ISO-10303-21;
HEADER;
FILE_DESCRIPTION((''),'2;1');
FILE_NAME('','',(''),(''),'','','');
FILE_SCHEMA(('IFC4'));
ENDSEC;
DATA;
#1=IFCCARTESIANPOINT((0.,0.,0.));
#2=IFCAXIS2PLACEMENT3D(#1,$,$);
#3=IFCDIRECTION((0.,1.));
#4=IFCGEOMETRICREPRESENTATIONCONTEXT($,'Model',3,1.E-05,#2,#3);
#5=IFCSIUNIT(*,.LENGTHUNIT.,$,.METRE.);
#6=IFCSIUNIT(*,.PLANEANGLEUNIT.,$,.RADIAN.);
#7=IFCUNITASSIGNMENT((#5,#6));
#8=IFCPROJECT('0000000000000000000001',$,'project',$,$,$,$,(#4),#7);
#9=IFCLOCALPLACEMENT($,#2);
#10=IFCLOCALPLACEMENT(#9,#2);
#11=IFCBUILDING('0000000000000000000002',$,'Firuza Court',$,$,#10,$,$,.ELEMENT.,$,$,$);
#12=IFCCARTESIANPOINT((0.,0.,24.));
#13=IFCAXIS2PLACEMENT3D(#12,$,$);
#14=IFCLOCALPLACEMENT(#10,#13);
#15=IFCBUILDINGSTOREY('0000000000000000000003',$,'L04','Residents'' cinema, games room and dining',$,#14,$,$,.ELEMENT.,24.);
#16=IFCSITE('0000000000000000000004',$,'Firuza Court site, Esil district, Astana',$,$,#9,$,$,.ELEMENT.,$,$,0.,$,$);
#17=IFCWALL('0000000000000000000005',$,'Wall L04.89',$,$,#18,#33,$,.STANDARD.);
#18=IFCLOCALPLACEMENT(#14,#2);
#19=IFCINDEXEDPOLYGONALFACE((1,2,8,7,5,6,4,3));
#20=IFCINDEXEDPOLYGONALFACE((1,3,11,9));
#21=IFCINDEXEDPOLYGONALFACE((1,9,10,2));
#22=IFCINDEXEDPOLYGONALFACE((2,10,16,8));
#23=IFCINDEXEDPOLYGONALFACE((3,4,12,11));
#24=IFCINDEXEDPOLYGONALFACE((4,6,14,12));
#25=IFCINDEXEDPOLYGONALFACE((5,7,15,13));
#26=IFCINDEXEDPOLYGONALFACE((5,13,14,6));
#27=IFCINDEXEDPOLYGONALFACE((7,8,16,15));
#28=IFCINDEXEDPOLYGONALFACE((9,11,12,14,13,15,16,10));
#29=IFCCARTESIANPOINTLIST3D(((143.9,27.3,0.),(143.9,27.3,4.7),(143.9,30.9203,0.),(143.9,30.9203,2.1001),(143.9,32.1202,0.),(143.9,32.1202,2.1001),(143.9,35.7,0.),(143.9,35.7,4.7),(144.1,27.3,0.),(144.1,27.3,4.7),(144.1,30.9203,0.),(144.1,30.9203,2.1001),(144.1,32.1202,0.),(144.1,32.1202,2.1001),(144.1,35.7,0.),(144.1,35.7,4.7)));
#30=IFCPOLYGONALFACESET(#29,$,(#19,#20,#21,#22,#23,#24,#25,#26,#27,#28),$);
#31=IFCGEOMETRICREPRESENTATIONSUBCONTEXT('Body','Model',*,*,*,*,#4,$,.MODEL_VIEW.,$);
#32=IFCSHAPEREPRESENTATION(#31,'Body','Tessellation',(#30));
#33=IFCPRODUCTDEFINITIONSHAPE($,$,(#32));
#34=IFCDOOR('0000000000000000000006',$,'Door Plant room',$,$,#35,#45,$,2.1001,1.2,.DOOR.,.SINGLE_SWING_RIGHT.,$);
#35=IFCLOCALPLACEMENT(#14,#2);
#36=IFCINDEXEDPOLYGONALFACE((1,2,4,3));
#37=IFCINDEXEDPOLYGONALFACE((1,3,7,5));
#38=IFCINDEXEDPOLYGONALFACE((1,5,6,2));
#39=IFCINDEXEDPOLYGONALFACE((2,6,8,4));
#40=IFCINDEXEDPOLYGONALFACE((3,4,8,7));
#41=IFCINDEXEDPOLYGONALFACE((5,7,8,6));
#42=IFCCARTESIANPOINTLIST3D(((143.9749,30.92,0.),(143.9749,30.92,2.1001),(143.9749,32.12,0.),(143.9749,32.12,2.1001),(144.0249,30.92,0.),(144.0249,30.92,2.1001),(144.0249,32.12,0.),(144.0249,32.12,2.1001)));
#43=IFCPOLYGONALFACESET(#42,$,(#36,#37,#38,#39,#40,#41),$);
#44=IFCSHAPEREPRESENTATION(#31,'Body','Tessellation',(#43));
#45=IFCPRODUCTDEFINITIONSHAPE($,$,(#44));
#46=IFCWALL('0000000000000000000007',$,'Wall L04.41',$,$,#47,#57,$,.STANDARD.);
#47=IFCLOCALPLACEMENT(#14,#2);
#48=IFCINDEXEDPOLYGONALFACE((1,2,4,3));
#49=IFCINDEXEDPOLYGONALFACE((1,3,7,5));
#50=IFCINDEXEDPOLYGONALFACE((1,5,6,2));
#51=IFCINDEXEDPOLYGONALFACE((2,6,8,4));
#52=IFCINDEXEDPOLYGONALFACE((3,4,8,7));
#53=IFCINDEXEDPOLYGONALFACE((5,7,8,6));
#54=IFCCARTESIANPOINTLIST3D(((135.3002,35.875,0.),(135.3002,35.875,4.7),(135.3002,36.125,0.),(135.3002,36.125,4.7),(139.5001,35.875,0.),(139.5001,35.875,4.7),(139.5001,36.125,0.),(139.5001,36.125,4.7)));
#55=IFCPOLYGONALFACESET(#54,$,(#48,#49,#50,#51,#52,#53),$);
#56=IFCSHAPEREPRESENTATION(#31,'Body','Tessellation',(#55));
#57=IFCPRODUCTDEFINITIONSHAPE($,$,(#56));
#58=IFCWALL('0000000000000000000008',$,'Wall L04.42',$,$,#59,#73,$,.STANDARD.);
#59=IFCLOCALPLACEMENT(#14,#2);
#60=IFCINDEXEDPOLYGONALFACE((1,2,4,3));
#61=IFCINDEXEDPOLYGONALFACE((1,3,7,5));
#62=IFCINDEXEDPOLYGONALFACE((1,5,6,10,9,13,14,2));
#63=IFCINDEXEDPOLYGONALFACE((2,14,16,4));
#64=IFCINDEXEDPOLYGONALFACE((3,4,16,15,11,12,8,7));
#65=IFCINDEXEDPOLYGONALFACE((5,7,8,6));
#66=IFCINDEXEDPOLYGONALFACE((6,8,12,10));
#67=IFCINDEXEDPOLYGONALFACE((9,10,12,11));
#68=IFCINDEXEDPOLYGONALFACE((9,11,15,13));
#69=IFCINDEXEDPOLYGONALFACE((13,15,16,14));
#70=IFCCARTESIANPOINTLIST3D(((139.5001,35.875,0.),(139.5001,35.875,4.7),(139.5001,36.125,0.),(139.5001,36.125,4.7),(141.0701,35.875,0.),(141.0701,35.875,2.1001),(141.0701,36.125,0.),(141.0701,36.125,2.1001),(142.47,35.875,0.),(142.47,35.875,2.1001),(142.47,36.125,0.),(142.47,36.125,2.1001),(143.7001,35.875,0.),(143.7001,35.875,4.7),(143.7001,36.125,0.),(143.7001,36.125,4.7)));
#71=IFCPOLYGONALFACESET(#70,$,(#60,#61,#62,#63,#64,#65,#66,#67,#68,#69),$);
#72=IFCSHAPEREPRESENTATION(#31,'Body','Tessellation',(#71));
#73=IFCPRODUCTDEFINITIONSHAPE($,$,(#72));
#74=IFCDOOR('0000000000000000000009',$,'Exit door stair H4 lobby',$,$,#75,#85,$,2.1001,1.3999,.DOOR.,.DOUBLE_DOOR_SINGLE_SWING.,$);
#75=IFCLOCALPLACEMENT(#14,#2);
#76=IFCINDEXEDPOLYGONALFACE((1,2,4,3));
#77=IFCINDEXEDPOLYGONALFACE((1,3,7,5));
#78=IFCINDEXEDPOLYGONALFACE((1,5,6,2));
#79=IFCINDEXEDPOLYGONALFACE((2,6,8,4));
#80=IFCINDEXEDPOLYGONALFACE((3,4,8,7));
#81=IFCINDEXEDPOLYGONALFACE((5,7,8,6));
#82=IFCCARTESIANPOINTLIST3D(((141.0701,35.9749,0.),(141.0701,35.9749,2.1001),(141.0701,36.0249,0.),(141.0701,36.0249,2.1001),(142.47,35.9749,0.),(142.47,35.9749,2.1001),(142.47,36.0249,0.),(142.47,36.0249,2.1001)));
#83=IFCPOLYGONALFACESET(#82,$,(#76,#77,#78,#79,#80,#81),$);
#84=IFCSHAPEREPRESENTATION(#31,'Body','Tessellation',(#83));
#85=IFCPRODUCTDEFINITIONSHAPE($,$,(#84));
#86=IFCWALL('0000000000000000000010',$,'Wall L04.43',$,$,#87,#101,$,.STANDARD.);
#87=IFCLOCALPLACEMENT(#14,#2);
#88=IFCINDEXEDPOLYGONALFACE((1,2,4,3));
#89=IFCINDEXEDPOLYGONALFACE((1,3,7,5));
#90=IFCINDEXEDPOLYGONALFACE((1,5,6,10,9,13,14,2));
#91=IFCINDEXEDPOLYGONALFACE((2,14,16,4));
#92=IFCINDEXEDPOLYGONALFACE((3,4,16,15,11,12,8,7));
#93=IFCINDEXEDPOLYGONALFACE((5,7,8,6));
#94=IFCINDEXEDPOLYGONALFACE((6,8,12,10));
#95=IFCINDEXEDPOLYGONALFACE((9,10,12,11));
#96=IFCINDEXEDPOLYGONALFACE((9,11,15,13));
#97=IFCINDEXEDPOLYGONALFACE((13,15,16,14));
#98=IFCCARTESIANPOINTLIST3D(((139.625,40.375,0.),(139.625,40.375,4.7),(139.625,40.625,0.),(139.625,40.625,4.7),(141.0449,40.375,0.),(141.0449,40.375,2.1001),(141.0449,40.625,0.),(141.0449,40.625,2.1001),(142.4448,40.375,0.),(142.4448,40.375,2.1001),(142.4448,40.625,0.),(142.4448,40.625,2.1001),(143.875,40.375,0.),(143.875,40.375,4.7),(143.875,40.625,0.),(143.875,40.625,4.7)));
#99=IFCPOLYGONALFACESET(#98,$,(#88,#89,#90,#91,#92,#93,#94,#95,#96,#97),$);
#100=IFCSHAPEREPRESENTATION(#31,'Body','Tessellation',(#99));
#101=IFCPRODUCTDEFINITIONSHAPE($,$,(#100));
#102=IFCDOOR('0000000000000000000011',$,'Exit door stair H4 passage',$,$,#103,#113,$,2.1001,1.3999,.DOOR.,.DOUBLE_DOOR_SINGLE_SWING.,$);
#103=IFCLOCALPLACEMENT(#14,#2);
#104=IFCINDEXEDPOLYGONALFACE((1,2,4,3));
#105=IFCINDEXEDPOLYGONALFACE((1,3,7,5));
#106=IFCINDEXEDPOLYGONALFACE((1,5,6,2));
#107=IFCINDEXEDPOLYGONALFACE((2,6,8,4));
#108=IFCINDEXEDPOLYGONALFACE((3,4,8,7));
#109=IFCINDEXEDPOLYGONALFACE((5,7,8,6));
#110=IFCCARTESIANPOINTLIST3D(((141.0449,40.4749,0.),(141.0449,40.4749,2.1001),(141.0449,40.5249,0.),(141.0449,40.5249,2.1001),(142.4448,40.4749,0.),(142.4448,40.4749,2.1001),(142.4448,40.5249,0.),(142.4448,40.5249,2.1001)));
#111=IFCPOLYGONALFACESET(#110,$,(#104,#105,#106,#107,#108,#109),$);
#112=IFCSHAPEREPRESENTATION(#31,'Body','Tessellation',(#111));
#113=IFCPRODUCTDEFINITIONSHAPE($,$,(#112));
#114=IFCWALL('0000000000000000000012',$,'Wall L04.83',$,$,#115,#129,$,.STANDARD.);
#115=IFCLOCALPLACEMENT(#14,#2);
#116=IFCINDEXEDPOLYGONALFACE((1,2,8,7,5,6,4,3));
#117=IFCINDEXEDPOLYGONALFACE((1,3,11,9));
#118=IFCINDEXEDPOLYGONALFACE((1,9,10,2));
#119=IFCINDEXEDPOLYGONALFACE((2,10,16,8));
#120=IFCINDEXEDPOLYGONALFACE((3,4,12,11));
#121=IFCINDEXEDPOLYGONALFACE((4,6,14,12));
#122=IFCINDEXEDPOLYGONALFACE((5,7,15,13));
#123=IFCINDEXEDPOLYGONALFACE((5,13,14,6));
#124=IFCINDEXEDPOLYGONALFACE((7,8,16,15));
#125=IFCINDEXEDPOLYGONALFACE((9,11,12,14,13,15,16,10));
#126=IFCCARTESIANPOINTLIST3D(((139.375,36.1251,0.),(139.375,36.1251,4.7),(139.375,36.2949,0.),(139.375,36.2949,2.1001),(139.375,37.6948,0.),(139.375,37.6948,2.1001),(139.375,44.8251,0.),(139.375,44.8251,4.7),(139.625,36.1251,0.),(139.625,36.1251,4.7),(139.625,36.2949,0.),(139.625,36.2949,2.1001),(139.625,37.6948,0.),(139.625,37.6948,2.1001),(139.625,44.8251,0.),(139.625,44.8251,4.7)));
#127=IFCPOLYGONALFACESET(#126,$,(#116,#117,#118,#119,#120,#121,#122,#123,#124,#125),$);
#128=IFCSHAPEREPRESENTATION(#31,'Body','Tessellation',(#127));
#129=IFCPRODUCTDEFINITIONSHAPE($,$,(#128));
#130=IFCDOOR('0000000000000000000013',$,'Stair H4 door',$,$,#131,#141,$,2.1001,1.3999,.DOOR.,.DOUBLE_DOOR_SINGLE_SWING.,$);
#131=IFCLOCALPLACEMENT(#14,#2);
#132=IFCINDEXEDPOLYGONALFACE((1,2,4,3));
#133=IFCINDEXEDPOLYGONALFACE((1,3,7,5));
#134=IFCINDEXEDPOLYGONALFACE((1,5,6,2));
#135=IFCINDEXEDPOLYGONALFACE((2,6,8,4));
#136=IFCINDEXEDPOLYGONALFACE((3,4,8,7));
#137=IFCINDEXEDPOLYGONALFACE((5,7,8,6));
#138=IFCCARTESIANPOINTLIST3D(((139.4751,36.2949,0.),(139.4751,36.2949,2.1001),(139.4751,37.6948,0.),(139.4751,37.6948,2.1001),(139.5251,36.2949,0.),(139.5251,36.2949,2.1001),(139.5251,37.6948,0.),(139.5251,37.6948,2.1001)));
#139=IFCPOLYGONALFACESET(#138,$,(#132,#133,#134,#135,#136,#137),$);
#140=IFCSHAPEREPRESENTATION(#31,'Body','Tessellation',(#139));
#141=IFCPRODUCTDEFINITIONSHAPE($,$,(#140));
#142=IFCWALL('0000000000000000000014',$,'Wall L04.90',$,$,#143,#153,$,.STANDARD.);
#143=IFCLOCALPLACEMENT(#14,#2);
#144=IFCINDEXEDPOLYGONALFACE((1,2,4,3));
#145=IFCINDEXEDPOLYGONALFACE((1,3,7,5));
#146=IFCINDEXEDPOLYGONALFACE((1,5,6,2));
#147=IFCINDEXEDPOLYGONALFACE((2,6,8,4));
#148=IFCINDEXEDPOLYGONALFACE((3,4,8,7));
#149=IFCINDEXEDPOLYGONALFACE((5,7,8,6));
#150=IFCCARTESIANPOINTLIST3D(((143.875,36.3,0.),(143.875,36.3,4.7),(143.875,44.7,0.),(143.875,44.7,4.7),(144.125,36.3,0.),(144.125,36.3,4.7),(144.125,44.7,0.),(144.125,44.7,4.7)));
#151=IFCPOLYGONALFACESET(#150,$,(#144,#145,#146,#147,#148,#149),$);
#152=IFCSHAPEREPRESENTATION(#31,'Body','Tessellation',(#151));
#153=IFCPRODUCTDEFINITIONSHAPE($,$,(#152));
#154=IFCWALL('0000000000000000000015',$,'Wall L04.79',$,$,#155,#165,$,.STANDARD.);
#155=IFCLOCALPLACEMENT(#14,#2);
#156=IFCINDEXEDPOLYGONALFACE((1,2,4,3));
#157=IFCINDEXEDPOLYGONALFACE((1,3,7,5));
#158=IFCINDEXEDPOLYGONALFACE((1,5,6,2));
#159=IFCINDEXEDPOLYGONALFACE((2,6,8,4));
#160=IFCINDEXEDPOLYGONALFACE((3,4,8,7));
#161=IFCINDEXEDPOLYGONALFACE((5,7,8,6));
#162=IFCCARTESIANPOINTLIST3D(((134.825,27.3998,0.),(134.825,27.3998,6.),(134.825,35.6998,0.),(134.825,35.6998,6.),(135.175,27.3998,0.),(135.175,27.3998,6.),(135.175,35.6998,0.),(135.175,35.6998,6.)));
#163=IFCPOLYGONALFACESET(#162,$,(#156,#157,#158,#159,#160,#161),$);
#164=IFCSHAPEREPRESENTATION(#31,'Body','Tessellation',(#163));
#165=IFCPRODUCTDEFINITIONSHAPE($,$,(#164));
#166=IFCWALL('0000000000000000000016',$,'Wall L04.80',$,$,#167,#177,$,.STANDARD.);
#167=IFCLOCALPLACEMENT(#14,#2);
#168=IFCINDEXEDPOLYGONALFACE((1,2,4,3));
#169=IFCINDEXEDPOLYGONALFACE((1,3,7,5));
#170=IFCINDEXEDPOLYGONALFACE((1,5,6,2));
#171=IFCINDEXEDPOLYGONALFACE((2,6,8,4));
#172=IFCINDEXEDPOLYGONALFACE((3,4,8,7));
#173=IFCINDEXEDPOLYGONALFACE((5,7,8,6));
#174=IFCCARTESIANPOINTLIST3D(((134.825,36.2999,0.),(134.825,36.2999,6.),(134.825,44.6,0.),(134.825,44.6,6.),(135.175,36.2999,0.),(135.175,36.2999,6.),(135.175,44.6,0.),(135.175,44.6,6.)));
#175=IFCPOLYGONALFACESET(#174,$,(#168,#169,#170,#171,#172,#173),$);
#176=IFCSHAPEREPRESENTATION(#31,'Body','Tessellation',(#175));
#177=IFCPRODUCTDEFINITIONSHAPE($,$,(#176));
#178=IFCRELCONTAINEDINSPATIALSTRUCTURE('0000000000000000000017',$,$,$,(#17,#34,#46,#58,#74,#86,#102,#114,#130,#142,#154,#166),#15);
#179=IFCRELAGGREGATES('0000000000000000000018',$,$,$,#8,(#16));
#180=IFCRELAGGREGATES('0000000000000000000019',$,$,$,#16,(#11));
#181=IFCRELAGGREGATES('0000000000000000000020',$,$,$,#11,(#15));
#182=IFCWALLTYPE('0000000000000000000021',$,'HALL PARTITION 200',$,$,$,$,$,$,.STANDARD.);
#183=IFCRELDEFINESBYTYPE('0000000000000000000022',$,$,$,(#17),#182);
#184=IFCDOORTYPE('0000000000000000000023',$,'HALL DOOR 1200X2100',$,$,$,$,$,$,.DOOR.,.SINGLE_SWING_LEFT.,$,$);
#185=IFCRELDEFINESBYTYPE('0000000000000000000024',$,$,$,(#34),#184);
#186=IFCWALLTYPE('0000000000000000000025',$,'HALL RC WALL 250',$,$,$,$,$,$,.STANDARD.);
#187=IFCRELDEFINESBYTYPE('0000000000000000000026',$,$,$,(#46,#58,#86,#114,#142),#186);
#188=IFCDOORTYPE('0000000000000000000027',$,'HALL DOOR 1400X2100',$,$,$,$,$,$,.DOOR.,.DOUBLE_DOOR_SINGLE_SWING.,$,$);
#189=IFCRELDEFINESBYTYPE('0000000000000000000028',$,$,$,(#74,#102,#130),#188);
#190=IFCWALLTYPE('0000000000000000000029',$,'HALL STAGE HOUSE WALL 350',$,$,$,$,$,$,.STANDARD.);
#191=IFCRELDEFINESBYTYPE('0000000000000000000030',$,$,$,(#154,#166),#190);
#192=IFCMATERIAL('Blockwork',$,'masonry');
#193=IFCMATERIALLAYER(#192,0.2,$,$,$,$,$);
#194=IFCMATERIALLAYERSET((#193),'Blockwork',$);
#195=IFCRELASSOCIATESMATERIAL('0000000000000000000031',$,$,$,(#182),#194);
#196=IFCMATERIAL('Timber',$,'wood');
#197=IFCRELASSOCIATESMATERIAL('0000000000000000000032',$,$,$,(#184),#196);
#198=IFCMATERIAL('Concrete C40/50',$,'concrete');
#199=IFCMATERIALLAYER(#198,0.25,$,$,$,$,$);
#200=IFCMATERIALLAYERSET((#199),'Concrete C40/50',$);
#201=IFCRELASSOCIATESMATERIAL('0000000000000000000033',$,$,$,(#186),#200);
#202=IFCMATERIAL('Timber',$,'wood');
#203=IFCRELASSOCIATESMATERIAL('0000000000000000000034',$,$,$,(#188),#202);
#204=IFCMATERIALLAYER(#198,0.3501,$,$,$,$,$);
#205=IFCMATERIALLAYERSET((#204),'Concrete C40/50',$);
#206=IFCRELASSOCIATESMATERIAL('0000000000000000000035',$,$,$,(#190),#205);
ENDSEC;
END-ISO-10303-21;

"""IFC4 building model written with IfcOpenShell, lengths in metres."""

from ifc_helpers import new_model, si_unit, direction, frame, frame_2d, origin, place, context, subcontext, project, spatial, rectangle, extrude, material, layer, layer_set, type_object, element, fill, save


model = new_model("IFC4")

# Units and contexts
model_context = context("Model", 3, precision=1e-05, world=origin(), true_north=direction((0.0, 1.0)))
body_context = subcontext(model_context, "Body", "Model", "MODEL_VIEW")
ifc_project = project(units=[si_unit("LENGTHUNIT", "METRE"), si_unit("PLANEANGLEUNIT", "RADIAN")], contexts=[model_context])

# Site, building, storey
site_placement = place(None, origin())
site = spatial("IfcSite", under=ifc_project, at=site_placement, Name="Firuza Court site, Esil district, Astana", CompositionType="ELEMENT", RefElevation=0.0)
building_placement = place(site_placement, origin())
building = spatial("IfcBuilding", under=site, at=building_placement, Name="Firuza Court", CompositionType="ELEMENT")
storey_placement = place(building_placement, frame((0.0, 0.0, 24.0)))
storey = spatial("IfcBuildingStorey", under=building, at=storey_placement, Name="L04", Description="Residents' cinema, games room and dining", CompositionType="ELEMENT", Elevation=24.0)

# Shared definitions
ifc_material_1 = material(Name="Blockwork", Category="masonry")
ifc_layer_1 = layer(ifc_material_1, 0.2)
ifc_layer_set_1 = layer_set([ifc_layer_1], Name="Blockwork")
wall_type_1 = type_object("IfcWallType", Name="HALL PARTITION 200", PredefinedType="STANDARD", material=ifc_layer_set_1)

# Wall, opening, door
wall_1_placement = place(storey_placement, frame((144.0, 27.3, 0.0), z_axis=(0.0, 0.0, 1.0), x_axis=(0.0, 1.0, 0.0)))
wall_1 = element("IfcWall", 1, at=wall_1_placement, inside=storey, type_object=wall_type_1, Name="Wall L04.89", PredefinedType="STANDARD", context=body_context, shape_type="SweptSolid", body=[
    extrude(rectangle(XDim=8.3999, YDim=0.2, at=frame_2d((4.2, 0.0))), origin(), (0.0, 0.0, 1.0), 4.7),
])
opening_1_placement = place(wall_1_placement, frame((3.6201, 0.0, 0.0)))
opening_1 = element("IfcOpeningElement", 2, at=opening_1_placement, cuts=wall_1, PredefinedType="OPENING", context=body_context, shape_type="SweptSolid", body=[
    extrude(rectangle(XDim=1.2, YDim=2.1001, at=frame_2d((0.6001, 1.05))), frame((0.0, 0.1118, 0.0), z_axis=(0.0, -1.0, 0.0), x_axis=(1.0, 0.0, 0.0)), (0.0, 0.0, 1.0), 0.2239),
])
ifc_material_2 = material(Name="Timber", Category="wood")
door_type_1 = type_object("IfcDoorType", Name="HALL DOOR 1200X2100", OperationType="SINGLE_SWING_LEFT", PredefinedType="DOOR", material=ifc_material_2)
door_1_placement = place(opening_1_placement, frame((1.2, 0.0, 0.0), z_axis=(0.0, 0.0, 1.0), x_axis=(-1.0, 0.0, 0.0)))
door_1 = element("IfcDoor", 3, at=door_1_placement, inside=storey, type_object=door_type_1, Name="Door Plant room", OperationType="SINGLE_SWING_RIGHT", OverallHeight=2.1001, OverallWidth=1.2, PredefinedType="DOOR", context=body_context, shape_type="SweptSolid", body=[
    extrude(rectangle(XDim=1.2, YDim=2.1001, at=frame_2d((0.6001, 1.05))), frame((0.0, 0.0249, 0.0), z_axis=(0.0, -1.0, 0.0), x_axis=(1.0, 0.0, 0.0)), (0.0, 0.0, 1.0), 0.05),
])
fill(opening_1, door_1)

# Wall
ifc_material_3 = material(Name="Concrete C40/50", Category="concrete")
ifc_layer_2 = layer(ifc_material_3, 0.25)
ifc_layer_set_2 = layer_set([ifc_layer_2], Name="Concrete C40/50")
wall_type_2 = type_object("IfcWallType", Name="HALL RC WALL 250", PredefinedType="STANDARD", material=ifc_layer_set_2)
wall_2_placement = place(storey_placement, frame((135.3, 36.0, 0.0), z_axis=(0.0, 0.0, 1.0), x_axis=(1.0, 0.0, 0.0)))
element("IfcWall", 4, at=wall_2_placement, inside=storey, type_object=wall_type_2, Name="Wall L04.41", PredefinedType="STANDARD", context=body_context, shape_type="SweptSolid", body=[
    extrude(rectangle(XDim=4.2, YDim=0.25, at=frame_2d((2.1001, 0.0))), origin(), (0.0, 0.0, 1.0), 4.7),
])

# Walls, openings, doors
wall_3_placement = place(storey_placement, frame((139.5, 36.0, 0.0), z_axis=(0.0, 0.0, 1.0), x_axis=(1.0, 0.0, 0.0)))
wall_3 = element("IfcWall", 5, at=wall_3_placement, inside=storey, type_object=wall_type_2, Name="Wall L04.42", PredefinedType="STANDARD", context=body_context, shape_type="SweptSolid", body=[
    extrude(rectangle(XDim=4.2, YDim=0.25, at=frame_2d((2.1001, 0.0))), origin(), (0.0, 0.0, 1.0), 4.7),
])
opening_2_placement = place(wall_3_placement, frame((1.5701, 0.0, 0.0)))
opening_2 = element("IfcOpeningElement", 6, at=opening_2_placement, cuts=wall_3, PredefinedType="OPENING", context=body_context, shape_type="SweptSolid", body=[
    extrude(rectangle(XDim=1.3999, YDim=2.1001, at=frame_2d((0.7, 1.05))), frame((0.0, 0.137, 0.0), z_axis=(0.0, -1.0, 0.0), x_axis=(1.0, 0.0, 0.0)), (0.0, 0.0, 1.0), 0.2739),
])
ifc_material_4 = material(Name="Timber", Category="wood")
door_type_2 = type_object("IfcDoorType", Name="HALL DOOR 1400X2100", OperationType="DOUBLE_DOOR_SINGLE_SWING", PredefinedType="DOOR", material=ifc_material_4)
door_2_placement = place(opening_2_placement, origin())
door_2 = element("IfcDoor", 7, at=door_2_placement, inside=storey, type_object=door_type_2, Name="Exit door stair H4 lobby", OperationType="DOUBLE_DOOR_SINGLE_SWING", OverallHeight=2.1001, OverallWidth=1.3999, PredefinedType="DOOR", context=body_context, shape_type="SweptSolid", body=[
    extrude(rectangle(XDim=1.3999, YDim=2.1001, at=frame_2d((0.7, 1.05))), frame((0.0, 0.0249, 0.0), z_axis=(0.0, -1.0, 0.0), x_axis=(1.0, 0.0, 0.0)), (0.0, 0.0, 1.0), 0.05),
])
fill(opening_2, door_2)
wall_4_placement = place(storey_placement, frame((139.625, 40.5, 0.0), z_axis=(0.0, 0.0, 1.0), x_axis=(1.0, 0.0, 0.0)))
wall_4 = element("IfcWall", 8, at=wall_4_placement, inside=storey, type_object=wall_type_2, Name="Wall L04.43", PredefinedType="STANDARD", context=body_context, shape_type="SweptSolid", body=[
    extrude(rectangle(XDim=4.25, YDim=0.25, at=frame_2d((2.125, 0.0))), origin(), (0.0, 0.0, 1.0), 4.7),
])
opening_3_placement = place(wall_4_placement, frame((1.4199, 0.0, 0.0)))
opening_3 = element("IfcOpeningElement", 9, at=opening_3_placement, cuts=wall_4, PredefinedType="OPENING", context=body_context, shape_type="SweptSolid", body=[
    extrude(rectangle(XDim=1.3999, YDim=2.1001, at=frame_2d((0.7, 1.05))), frame((0.0, 0.137, 0.0), z_axis=(0.0, -1.0, 0.0), x_axis=(1.0, 0.0, 0.0)), (0.0, 0.0, 1.0), 0.2739),
])
door_3_placement = place(opening_3_placement, origin())
door_3 = element("IfcDoor", 10, at=door_3_placement, inside=storey, type_object=door_type_2, Name="Exit door stair H4 passage", OperationType="DOUBLE_DOOR_SINGLE_SWING", OverallHeight=2.1001, OverallWidth=1.3999, PredefinedType="DOOR", context=body_context, shape_type="SweptSolid", body=[
    extrude(rectangle(XDim=1.3999, YDim=2.1001, at=frame_2d((0.7, 1.05))), frame((0.0, 0.0249, 0.0), z_axis=(0.0, -1.0, 0.0), x_axis=(1.0, 0.0, 0.0)), (0.0, 0.0, 1.0), 0.05),
])
fill(opening_3, door_3)
wall_5_placement = place(storey_placement, frame((139.5, 36.125, 0.0), z_axis=(0.0, 0.0, 1.0), x_axis=(0.0, 1.0, 0.0)))
wall_5 = element("IfcWall", 11, at=wall_5_placement, inside=storey, type_object=wall_type_2, Name="Wall L04.83", PredefinedType="STANDARD", context=body_context, shape_type="SweptSolid", body=[
    extrude(rectangle(XDim=8.7, YDim=0.25, at=frame_2d((4.3501, 0.0))), origin(), (0.0, 0.0, 1.0), 4.7),
])
opening_4_placement = place(wall_5_placement, frame((0.1699, 0.0, 0.0)))
opening_4 = element("IfcOpeningElement", 12, at=opening_4_placement, cuts=wall_5, PredefinedType="OPENING", context=body_context, shape_type="SweptSolid", body=[
    extrude(rectangle(XDim=1.3999, YDim=2.1001, at=frame_2d((0.7, 1.05))), frame((0.0, 0.137, 0.0), z_axis=(0.0, -1.0, 0.0), x_axis=(1.0, 0.0, 0.0)), (0.0, 0.0, 1.0), 0.2739),
])
door_4_placement = place(opening_4_placement, origin())
door_4 = element("IfcDoor", 13, at=door_4_placement, inside=storey, type_object=door_type_2, Name="Stair H4 door", OperationType="DOUBLE_DOOR_SINGLE_SWING", OverallHeight=2.1001, OverallWidth=1.3999, PredefinedType="DOOR", context=body_context, shape_type="SweptSolid", body=[
    extrude(rectangle(XDim=1.3999, YDim=2.1001, at=frame_2d((0.7, 1.05))), frame((0.0, 0.0249, 0.0), z_axis=(0.0, -1.0, 0.0), x_axis=(1.0, 0.0, 0.0)), (0.0, 0.0, 1.0), 0.05),
])
fill(opening_4, door_4)

# Walls
wall_6_placement = place(storey_placement, frame((144.0, 36.3, 0.0), z_axis=(0.0, 0.0, 1.0), x_axis=(0.0, 1.0, 0.0)))
element("IfcWall", 14, at=wall_6_placement, inside=storey, type_object=wall_type_2, Name="Wall L04.90", PredefinedType="STANDARD", context=body_context, shape_type="SweptSolid", body=[
    extrude(rectangle(XDim=8.3999, YDim=0.25, at=frame_2d((4.2, 0.0))), origin(), (0.0, 0.0, 1.0), 4.7),
])
ifc_layer_3 = layer(ifc_material_3, 0.3501)
ifc_layer_set_3 = layer_set([ifc_layer_3], Name="Concrete C40/50")
wall_type_3 = type_object("IfcWallType", Name="HALL STAGE HOUSE WALL 350", PredefinedType="STANDARD", material=ifc_layer_set_3)
for number, where, z_axis, x_axis, name in (
    (15, (135.0, 27.3999, 0.0), (0.0, 0.0, 1.0), (0.0, 1.0, 0.0), "Wall L04.79"),
    (16, (135.0, 36.3, 0.0), (0.0, 0.0, 1.0), (0.0, 1.0, 0.0), "Wall L04.80"),
):
    element("IfcWall", number, at=place(storey_placement, frame(where, z_axis=z_axis, x_axis=x_axis)), inside=storey, type_object=wall_type_3, Name=name, PredefinedType="STANDARD", context=body_context, shape_type="SweptSolid", body=[
        extrude(rectangle(XDim=8.3, YDim=0.3501, at=frame_2d((4.1499, 0.0))), origin(), (0.0, 0.0, 1.0), 6.0),
    ])

save(model, "model.ifc")
